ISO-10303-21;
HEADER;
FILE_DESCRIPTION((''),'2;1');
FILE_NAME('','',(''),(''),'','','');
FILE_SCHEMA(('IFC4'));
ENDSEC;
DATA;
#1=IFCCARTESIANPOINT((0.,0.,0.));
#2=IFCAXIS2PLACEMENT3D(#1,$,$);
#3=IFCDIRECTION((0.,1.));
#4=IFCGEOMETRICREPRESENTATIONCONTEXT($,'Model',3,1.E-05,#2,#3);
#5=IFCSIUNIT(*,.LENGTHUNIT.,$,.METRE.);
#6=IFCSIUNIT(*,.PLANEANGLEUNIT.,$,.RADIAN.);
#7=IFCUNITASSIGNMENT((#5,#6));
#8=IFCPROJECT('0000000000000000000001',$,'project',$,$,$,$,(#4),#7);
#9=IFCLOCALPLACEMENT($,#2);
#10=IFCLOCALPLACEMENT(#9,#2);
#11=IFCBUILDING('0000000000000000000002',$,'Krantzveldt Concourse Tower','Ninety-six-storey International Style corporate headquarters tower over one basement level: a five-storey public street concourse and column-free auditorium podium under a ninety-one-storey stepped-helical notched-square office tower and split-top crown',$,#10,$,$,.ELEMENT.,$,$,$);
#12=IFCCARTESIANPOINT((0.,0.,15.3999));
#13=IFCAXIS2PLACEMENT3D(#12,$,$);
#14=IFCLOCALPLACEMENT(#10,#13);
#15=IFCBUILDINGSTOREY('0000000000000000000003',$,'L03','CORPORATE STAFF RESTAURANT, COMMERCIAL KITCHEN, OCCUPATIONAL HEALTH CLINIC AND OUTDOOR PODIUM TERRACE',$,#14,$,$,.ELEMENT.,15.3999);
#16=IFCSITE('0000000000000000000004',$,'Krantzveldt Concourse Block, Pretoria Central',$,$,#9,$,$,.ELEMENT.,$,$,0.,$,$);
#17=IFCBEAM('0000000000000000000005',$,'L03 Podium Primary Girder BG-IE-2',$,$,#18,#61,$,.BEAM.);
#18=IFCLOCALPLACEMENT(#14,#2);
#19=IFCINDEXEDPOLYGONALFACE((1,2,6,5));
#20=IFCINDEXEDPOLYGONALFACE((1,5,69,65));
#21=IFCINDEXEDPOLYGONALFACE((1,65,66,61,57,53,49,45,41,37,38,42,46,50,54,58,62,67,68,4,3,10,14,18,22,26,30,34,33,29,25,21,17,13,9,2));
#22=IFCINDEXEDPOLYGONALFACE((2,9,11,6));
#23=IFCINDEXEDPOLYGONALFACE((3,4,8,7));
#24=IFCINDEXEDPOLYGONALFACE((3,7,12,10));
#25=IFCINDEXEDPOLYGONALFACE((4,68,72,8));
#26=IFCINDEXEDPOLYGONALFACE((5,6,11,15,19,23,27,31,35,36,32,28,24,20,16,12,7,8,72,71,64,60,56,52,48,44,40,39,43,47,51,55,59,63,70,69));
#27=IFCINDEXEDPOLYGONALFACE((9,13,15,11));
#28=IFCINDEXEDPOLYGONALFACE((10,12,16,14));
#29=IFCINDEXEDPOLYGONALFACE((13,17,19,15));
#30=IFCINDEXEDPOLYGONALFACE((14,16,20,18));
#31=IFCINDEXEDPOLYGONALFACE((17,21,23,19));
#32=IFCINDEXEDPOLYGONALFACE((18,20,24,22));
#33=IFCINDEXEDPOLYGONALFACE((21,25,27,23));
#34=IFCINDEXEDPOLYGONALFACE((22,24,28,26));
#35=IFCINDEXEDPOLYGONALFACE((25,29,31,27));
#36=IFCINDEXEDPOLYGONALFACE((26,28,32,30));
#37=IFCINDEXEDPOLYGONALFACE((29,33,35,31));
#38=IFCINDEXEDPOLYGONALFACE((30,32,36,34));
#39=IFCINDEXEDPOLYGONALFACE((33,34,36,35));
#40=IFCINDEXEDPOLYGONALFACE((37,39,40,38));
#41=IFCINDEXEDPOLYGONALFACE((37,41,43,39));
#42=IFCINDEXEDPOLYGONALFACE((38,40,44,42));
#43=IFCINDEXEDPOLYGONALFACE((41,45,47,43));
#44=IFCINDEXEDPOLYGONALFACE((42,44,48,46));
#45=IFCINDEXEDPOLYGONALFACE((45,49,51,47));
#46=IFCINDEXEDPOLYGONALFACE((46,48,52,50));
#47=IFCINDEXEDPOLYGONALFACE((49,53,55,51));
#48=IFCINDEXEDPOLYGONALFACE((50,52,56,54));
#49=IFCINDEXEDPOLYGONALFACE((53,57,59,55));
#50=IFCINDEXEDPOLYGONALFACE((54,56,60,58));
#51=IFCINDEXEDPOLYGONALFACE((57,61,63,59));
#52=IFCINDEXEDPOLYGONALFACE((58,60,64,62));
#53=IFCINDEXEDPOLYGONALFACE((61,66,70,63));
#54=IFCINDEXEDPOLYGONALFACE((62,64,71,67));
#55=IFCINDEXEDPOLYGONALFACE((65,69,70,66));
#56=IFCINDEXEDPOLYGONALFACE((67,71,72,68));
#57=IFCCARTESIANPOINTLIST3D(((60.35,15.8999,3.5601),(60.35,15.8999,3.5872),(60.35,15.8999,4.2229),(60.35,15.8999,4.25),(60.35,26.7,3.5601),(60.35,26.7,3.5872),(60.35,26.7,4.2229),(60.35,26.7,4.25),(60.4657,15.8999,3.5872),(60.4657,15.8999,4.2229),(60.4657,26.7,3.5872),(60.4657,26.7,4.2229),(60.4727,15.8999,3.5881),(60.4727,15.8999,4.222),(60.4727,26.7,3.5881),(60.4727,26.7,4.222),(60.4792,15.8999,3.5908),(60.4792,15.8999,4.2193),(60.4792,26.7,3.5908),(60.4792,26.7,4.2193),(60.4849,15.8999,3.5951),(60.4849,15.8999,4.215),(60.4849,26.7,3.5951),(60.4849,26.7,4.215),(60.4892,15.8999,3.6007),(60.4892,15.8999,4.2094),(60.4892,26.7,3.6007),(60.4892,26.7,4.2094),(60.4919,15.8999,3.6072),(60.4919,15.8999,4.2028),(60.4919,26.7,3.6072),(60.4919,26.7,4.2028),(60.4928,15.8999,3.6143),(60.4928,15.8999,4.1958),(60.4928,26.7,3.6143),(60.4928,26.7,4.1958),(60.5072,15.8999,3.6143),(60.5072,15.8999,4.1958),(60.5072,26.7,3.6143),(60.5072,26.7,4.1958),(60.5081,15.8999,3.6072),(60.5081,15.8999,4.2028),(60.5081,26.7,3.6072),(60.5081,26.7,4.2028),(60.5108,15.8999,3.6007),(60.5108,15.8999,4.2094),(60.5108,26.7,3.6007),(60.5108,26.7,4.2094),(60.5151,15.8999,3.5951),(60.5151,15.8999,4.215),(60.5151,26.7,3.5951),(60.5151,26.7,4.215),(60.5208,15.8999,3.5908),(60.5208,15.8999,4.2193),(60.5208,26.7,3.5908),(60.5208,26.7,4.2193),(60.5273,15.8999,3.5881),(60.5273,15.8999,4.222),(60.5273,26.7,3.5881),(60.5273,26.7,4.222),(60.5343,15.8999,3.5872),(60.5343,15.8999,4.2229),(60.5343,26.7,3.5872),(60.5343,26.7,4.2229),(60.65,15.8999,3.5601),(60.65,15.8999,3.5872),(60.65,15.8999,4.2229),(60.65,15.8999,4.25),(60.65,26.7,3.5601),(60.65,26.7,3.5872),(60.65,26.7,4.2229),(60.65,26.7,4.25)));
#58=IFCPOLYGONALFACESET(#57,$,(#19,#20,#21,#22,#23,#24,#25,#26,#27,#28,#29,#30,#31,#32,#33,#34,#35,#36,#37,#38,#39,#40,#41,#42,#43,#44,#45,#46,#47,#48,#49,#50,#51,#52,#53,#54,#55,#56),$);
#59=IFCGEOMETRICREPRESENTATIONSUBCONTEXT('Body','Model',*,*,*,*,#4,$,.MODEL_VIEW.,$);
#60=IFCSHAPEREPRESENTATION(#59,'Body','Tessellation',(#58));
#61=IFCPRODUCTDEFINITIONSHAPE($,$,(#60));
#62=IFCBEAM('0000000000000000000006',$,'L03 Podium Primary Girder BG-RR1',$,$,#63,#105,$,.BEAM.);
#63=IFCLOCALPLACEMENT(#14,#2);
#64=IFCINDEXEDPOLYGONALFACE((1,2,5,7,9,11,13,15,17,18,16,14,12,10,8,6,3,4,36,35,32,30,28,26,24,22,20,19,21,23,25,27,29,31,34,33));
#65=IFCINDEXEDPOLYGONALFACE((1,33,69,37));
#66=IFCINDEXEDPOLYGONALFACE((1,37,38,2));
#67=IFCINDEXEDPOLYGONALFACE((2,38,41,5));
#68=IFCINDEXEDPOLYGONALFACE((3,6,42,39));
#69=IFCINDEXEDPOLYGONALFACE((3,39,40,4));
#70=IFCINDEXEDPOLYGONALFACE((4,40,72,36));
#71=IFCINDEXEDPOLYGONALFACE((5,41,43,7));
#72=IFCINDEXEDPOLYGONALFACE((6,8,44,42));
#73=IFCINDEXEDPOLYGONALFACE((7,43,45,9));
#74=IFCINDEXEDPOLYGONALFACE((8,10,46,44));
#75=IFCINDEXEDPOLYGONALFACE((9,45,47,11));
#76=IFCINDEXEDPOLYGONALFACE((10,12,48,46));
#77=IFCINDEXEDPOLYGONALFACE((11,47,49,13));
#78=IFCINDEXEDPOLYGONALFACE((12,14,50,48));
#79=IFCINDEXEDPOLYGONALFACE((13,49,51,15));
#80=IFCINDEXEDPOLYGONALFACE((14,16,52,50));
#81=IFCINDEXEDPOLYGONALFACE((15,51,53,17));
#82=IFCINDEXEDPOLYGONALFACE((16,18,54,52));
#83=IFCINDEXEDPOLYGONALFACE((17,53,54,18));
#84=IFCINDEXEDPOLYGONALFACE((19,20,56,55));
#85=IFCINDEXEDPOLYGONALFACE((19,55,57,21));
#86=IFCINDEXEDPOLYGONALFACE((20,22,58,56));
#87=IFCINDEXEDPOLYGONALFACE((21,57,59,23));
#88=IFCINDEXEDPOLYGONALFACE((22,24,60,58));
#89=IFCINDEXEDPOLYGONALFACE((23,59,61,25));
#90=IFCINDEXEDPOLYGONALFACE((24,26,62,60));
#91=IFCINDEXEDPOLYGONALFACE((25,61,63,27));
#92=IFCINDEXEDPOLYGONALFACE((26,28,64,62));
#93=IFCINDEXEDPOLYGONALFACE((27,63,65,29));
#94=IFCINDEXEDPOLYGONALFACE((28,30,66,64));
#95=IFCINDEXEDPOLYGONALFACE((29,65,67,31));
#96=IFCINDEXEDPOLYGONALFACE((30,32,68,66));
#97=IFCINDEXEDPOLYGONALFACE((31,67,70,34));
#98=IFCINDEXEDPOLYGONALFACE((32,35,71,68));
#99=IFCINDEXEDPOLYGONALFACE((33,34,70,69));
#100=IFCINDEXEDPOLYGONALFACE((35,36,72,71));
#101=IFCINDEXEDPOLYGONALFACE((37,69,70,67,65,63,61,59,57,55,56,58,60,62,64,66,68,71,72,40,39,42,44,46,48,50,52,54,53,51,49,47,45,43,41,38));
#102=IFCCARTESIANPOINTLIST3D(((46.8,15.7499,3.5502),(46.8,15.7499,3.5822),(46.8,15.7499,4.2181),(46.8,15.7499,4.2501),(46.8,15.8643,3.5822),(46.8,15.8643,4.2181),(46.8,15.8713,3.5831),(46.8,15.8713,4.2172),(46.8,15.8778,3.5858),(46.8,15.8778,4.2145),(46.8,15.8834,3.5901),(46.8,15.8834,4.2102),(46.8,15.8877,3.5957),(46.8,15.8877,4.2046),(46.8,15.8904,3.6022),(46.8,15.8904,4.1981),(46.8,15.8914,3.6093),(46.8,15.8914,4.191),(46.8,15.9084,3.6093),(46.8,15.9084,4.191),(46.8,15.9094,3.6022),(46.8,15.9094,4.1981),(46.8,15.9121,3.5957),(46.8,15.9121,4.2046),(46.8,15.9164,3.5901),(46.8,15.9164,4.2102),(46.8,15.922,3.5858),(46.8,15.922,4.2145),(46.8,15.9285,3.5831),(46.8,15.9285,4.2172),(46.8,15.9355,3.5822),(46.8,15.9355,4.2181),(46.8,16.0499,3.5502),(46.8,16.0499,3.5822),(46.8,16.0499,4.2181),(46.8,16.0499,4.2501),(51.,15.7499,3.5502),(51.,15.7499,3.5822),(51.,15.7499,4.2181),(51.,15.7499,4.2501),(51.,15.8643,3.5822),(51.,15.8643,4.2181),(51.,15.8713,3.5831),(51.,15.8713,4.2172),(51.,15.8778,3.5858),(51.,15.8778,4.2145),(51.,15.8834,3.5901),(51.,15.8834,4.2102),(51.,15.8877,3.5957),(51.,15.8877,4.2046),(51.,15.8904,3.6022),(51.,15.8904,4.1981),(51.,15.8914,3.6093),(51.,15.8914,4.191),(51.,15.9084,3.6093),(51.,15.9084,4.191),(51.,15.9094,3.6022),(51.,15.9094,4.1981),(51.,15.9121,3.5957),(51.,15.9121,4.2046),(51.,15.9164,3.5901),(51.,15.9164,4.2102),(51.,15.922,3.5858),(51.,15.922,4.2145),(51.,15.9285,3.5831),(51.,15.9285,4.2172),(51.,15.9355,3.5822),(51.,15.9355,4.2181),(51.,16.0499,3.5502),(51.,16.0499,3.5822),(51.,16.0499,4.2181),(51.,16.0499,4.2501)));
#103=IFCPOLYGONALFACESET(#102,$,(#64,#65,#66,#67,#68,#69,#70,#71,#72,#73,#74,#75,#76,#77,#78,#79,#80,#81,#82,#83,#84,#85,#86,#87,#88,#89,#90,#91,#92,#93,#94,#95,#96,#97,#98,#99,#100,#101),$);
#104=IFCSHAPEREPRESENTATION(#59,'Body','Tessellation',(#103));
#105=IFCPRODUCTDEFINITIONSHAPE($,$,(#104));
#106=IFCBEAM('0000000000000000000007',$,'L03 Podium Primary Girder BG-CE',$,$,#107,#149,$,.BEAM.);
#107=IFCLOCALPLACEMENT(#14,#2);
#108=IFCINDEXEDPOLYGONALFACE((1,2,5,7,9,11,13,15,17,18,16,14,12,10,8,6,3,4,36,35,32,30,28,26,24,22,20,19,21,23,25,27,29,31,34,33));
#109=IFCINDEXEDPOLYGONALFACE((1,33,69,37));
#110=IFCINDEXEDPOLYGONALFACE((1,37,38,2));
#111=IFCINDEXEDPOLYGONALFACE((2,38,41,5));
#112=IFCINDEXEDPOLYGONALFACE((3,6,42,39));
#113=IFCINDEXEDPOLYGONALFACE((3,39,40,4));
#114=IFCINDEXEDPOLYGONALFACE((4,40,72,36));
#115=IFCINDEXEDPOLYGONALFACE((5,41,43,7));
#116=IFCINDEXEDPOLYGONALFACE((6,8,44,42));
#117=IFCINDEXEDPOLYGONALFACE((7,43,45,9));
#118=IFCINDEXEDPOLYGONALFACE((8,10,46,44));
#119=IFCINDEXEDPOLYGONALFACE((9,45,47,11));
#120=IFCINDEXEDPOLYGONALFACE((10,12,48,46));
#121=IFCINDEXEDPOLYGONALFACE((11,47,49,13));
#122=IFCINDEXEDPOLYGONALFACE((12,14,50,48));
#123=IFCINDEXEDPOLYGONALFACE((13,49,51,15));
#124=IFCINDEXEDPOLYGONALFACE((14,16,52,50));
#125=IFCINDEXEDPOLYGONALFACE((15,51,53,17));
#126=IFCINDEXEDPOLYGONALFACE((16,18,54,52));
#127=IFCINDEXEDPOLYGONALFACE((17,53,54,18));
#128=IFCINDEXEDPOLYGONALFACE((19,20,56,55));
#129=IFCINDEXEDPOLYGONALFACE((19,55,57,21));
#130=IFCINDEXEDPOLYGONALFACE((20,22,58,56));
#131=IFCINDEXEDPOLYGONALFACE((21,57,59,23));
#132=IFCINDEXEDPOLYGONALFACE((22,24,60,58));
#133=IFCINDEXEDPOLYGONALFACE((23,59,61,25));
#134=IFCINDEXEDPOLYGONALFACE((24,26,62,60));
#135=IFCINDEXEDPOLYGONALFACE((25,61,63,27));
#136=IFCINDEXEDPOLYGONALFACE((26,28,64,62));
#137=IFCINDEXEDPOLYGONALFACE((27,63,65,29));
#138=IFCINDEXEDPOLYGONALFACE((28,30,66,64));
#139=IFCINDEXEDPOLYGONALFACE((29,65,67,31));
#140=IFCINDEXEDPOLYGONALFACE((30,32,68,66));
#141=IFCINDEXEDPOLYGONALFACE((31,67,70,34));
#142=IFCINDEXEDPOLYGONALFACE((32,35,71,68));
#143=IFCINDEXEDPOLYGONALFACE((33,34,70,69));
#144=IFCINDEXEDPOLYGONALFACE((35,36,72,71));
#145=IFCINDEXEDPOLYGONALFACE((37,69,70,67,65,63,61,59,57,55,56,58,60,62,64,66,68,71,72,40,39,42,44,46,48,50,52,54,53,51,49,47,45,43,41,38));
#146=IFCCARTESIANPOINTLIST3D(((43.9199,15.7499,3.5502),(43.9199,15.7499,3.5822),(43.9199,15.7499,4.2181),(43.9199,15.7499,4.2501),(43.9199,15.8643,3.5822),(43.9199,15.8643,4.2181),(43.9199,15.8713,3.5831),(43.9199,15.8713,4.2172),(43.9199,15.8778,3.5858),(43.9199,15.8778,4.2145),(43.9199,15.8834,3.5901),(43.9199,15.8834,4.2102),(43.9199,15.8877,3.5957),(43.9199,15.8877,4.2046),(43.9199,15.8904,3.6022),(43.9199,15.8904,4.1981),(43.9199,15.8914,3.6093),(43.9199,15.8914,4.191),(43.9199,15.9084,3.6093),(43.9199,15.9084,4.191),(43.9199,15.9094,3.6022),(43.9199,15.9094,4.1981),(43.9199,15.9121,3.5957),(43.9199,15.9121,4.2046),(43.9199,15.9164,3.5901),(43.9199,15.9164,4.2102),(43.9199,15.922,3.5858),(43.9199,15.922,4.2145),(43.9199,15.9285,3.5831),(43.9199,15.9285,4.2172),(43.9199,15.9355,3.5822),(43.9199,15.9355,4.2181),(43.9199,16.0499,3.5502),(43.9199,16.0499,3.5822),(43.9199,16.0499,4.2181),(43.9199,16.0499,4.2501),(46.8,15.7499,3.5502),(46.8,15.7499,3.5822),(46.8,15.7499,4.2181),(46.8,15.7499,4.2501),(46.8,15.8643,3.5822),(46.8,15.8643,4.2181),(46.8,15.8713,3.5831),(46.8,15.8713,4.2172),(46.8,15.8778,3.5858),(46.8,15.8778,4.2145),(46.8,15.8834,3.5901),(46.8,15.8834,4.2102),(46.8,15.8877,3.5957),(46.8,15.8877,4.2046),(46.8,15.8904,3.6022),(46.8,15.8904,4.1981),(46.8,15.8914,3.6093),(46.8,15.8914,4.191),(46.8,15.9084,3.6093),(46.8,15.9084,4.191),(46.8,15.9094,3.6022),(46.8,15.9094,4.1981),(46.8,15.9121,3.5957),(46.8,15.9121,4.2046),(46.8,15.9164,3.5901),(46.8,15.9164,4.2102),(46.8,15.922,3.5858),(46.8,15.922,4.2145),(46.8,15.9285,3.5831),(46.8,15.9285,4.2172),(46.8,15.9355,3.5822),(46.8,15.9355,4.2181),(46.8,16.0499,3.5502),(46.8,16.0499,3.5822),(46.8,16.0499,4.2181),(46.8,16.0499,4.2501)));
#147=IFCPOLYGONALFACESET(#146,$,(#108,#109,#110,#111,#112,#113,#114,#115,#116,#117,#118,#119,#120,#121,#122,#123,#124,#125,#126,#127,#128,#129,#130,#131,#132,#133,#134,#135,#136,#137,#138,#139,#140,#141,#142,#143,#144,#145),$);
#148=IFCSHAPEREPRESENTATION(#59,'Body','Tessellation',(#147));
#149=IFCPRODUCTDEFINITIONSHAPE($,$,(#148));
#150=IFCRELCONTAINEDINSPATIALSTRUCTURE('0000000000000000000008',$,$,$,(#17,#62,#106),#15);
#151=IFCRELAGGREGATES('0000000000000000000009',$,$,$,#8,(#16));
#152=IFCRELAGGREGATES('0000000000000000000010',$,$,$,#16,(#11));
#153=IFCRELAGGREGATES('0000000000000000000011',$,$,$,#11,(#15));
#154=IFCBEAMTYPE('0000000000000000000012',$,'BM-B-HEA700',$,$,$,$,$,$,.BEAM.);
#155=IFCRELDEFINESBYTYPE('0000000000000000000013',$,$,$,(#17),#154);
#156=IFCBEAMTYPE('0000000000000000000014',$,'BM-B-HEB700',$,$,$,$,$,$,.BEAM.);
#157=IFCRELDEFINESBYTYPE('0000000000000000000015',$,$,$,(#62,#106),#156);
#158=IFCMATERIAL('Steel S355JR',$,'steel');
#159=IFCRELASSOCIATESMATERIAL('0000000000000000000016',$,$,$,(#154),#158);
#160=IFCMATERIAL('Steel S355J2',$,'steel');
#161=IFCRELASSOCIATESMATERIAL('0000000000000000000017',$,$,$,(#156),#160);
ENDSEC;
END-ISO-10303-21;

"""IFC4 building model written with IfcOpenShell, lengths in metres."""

from ifc_helpers import new_model, si_unit, direction, frame, origin, origin_2d, place, context, subcontext, project, spatial, i_section, extrude, source, transform, mapped, material, material_profile, profile_set, type_object, type_shapes, element, save


model = new_model("IFC4")

# Units and contexts
model_context = context("Model", 3, precision=1e-05, world=origin(), true_north=direction((0.0, 1.0)))
body_context = subcontext(model_context, "Body", "Model", "MODEL_VIEW")
ifc_project = project(units=[si_unit("LENGTHUNIT", "METRE"), si_unit("PLANEANGLEUNIT", "RADIAN")], contexts=[model_context])

# Site, building, storey
site_placement = place(None, origin())
site = spatial("IfcSite", under=ifc_project, at=site_placement, Name="Krantzveldt Concourse Block, Pretoria Central", CompositionType="ELEMENT", RefElevation=0.0)
building_placement = place(site_placement, origin())
building = spatial("IfcBuilding", under=site, at=building_placement, Name="Krantzveldt Concourse Tower", Description="Ninety-six-storey International Style corporate headquarters tower over one basement level: a five-storey public street concourse and column-free auditorium podium under a ninety-one-storey stepped-helical notched-square office tower and split-top crown", CompositionType="ELEMENT")
storey_placement = place(building_placement, frame((0.0, 0.0, 15.3999)))
storey = spatial("IfcBuildingStorey", under=building, at=storey_placement, Name="L03", Description="CORPORATE STAFF RESTAURANT, COMMERCIAL KITCHEN, OCCUPATIONAL HEALTH CLINIC AND OUTDOOR PODIUM TERRACE", CompositionType="ELEMENT", Elevation=15.3999)

# Beams
ifc_material_1 = material(Name="Steel S355J2", Category="steel")
ifc_material_2 = material(Name="Steel S355JR", Category="steel")
ifc_material_profile_1 = material_profile(ifc_material_2, i_section(OverallWidth=0.3, OverallDepth=0.6899, WebThickness=0.0144, FlangeThickness=0.0271, FilletRadius=0.0271, at=origin_2d()), Name="Steel S355JR", Category="steel")
ifc_profile_set_1 = profile_set([ifc_material_profile_1], Name="Steel S355JR - HEA 700")
beam_type_1 = type_object("IfcBeamType", Name="BM-B-HEA700", PredefinedType="BEAM", material=ifc_profile_set_1)
shared_shape_1 = source(origin(), body_context, "Body", "SweptSolid", [
    extrude(i_section(OverallWidth=0.3, OverallDepth=0.6899, WebThickness=0.0144, FlangeThickness=0.0271, FilletRadius=0.0271, at=origin_2d()), origin(), (0.0, 0.0, 1.0), 10.8),
])
for number, where, z_axis, x_axis, name in (
    (1, (60.5, 15.8999, 3.905), (0.0, 1.0, 0.0), (-1.0, 0.0, 0.0), "L03 Podium Primary Girder BG-IE-2"),
):
    element("IfcBeam", number, at=place(storey_placement, frame(where, z_axis=z_axis, x_axis=x_axis)), inside=storey, type_object=beam_type_1, Name=name, PredefinedType="BEAM", context=body_context, shape_type="MappedRepresentation", body=[
        mapped(shared_shape_1, transform((0.0, 0.0, 0.0), x_axis=(1.0, 0.0, 0.0), y_axis=(0.0, 1.0, 0.0), z_axis=(0.0, 0.0, 1.0), scale=1.0)),
    ])
ifc_material_profile_2 = material_profile(ifc_material_1, i_section(OverallWidth=0.3, OverallDepth=0.7, WebThickness=0.0171, FlangeThickness=0.032, FilletRadius=0.0271, at=origin_2d()), Name="Steel S355J2", Category="steel")
ifc_profile_set_2 = profile_set([ifc_material_profile_2], Name="Steel S355J2 - HEB 700")
beam_type_2 = type_object("IfcBeamType", Name="BM-B-HEB700", PredefinedType="BEAM", material=ifc_profile_set_2)
shared_shape_2 = source(origin(), body_context, "Body", "SweptSolid", [
    extrude(i_section(OverallWidth=0.3, OverallDepth=0.7, WebThickness=0.0171, FlangeThickness=0.032, FilletRadius=0.0271, at=origin_2d()), origin(), (0.0, 0.0, 1.0), 4.2),
])
beam_1_placement = place(storey_placement, frame((46.8, 15.8999, 3.9001), z_axis=(1.0, 0.0, 0.0), x_axis=(0.0, 1.0, 0.0)))
element("IfcBeam", 2, at=beam_1_placement, inside=storey, type_object=beam_type_2, Name="L03 Podium Primary Girder BG-RR1", PredefinedType="BEAM", context=body_context, shape_type="MappedRepresentation", body=[
    mapped(shared_shape_2, transform((0.0, 0.0, 0.0), x_axis=(1.0, 0.0, 0.0), y_axis=(0.0, 1.0, 0.0), z_axis=(0.0, 0.0, 1.0), scale=1.0)),
])
shared_shape_3 = source(origin(), body_context, "Body", "SweptSolid", [
    extrude(i_section(OverallWidth=0.3, OverallDepth=0.7, WebThickness=0.0171, FlangeThickness=0.032, FilletRadius=0.0271, at=origin_2d()), origin(), (0.0, 0.0, 1.0), 2.8801),
])
type_shapes(beam_type_2, [shared_shape_2, shared_shape_3])
beam_2_placement = place(storey_placement, frame((43.9199, 15.8999, 3.9001), z_axis=(1.0, 0.0, 0.0), x_axis=(0.0, 1.0, 0.0)))
element("IfcBeam", 3, at=beam_2_placement, inside=storey, type_object=beam_type_2, Name="L03 Podium Primary Girder BG-CE", PredefinedType="BEAM", context=body_context, shape_type="MappedRepresentation", body=[
    mapped(shared_shape_3, transform((0.0, 0.0, 0.0), x_axis=(1.0, 0.0, 0.0), y_axis=(0.0, 1.0, 0.0), z_axis=(0.0, 0.0, 1.0), scale=1.0)),
])

save(model, "model.ifc")
